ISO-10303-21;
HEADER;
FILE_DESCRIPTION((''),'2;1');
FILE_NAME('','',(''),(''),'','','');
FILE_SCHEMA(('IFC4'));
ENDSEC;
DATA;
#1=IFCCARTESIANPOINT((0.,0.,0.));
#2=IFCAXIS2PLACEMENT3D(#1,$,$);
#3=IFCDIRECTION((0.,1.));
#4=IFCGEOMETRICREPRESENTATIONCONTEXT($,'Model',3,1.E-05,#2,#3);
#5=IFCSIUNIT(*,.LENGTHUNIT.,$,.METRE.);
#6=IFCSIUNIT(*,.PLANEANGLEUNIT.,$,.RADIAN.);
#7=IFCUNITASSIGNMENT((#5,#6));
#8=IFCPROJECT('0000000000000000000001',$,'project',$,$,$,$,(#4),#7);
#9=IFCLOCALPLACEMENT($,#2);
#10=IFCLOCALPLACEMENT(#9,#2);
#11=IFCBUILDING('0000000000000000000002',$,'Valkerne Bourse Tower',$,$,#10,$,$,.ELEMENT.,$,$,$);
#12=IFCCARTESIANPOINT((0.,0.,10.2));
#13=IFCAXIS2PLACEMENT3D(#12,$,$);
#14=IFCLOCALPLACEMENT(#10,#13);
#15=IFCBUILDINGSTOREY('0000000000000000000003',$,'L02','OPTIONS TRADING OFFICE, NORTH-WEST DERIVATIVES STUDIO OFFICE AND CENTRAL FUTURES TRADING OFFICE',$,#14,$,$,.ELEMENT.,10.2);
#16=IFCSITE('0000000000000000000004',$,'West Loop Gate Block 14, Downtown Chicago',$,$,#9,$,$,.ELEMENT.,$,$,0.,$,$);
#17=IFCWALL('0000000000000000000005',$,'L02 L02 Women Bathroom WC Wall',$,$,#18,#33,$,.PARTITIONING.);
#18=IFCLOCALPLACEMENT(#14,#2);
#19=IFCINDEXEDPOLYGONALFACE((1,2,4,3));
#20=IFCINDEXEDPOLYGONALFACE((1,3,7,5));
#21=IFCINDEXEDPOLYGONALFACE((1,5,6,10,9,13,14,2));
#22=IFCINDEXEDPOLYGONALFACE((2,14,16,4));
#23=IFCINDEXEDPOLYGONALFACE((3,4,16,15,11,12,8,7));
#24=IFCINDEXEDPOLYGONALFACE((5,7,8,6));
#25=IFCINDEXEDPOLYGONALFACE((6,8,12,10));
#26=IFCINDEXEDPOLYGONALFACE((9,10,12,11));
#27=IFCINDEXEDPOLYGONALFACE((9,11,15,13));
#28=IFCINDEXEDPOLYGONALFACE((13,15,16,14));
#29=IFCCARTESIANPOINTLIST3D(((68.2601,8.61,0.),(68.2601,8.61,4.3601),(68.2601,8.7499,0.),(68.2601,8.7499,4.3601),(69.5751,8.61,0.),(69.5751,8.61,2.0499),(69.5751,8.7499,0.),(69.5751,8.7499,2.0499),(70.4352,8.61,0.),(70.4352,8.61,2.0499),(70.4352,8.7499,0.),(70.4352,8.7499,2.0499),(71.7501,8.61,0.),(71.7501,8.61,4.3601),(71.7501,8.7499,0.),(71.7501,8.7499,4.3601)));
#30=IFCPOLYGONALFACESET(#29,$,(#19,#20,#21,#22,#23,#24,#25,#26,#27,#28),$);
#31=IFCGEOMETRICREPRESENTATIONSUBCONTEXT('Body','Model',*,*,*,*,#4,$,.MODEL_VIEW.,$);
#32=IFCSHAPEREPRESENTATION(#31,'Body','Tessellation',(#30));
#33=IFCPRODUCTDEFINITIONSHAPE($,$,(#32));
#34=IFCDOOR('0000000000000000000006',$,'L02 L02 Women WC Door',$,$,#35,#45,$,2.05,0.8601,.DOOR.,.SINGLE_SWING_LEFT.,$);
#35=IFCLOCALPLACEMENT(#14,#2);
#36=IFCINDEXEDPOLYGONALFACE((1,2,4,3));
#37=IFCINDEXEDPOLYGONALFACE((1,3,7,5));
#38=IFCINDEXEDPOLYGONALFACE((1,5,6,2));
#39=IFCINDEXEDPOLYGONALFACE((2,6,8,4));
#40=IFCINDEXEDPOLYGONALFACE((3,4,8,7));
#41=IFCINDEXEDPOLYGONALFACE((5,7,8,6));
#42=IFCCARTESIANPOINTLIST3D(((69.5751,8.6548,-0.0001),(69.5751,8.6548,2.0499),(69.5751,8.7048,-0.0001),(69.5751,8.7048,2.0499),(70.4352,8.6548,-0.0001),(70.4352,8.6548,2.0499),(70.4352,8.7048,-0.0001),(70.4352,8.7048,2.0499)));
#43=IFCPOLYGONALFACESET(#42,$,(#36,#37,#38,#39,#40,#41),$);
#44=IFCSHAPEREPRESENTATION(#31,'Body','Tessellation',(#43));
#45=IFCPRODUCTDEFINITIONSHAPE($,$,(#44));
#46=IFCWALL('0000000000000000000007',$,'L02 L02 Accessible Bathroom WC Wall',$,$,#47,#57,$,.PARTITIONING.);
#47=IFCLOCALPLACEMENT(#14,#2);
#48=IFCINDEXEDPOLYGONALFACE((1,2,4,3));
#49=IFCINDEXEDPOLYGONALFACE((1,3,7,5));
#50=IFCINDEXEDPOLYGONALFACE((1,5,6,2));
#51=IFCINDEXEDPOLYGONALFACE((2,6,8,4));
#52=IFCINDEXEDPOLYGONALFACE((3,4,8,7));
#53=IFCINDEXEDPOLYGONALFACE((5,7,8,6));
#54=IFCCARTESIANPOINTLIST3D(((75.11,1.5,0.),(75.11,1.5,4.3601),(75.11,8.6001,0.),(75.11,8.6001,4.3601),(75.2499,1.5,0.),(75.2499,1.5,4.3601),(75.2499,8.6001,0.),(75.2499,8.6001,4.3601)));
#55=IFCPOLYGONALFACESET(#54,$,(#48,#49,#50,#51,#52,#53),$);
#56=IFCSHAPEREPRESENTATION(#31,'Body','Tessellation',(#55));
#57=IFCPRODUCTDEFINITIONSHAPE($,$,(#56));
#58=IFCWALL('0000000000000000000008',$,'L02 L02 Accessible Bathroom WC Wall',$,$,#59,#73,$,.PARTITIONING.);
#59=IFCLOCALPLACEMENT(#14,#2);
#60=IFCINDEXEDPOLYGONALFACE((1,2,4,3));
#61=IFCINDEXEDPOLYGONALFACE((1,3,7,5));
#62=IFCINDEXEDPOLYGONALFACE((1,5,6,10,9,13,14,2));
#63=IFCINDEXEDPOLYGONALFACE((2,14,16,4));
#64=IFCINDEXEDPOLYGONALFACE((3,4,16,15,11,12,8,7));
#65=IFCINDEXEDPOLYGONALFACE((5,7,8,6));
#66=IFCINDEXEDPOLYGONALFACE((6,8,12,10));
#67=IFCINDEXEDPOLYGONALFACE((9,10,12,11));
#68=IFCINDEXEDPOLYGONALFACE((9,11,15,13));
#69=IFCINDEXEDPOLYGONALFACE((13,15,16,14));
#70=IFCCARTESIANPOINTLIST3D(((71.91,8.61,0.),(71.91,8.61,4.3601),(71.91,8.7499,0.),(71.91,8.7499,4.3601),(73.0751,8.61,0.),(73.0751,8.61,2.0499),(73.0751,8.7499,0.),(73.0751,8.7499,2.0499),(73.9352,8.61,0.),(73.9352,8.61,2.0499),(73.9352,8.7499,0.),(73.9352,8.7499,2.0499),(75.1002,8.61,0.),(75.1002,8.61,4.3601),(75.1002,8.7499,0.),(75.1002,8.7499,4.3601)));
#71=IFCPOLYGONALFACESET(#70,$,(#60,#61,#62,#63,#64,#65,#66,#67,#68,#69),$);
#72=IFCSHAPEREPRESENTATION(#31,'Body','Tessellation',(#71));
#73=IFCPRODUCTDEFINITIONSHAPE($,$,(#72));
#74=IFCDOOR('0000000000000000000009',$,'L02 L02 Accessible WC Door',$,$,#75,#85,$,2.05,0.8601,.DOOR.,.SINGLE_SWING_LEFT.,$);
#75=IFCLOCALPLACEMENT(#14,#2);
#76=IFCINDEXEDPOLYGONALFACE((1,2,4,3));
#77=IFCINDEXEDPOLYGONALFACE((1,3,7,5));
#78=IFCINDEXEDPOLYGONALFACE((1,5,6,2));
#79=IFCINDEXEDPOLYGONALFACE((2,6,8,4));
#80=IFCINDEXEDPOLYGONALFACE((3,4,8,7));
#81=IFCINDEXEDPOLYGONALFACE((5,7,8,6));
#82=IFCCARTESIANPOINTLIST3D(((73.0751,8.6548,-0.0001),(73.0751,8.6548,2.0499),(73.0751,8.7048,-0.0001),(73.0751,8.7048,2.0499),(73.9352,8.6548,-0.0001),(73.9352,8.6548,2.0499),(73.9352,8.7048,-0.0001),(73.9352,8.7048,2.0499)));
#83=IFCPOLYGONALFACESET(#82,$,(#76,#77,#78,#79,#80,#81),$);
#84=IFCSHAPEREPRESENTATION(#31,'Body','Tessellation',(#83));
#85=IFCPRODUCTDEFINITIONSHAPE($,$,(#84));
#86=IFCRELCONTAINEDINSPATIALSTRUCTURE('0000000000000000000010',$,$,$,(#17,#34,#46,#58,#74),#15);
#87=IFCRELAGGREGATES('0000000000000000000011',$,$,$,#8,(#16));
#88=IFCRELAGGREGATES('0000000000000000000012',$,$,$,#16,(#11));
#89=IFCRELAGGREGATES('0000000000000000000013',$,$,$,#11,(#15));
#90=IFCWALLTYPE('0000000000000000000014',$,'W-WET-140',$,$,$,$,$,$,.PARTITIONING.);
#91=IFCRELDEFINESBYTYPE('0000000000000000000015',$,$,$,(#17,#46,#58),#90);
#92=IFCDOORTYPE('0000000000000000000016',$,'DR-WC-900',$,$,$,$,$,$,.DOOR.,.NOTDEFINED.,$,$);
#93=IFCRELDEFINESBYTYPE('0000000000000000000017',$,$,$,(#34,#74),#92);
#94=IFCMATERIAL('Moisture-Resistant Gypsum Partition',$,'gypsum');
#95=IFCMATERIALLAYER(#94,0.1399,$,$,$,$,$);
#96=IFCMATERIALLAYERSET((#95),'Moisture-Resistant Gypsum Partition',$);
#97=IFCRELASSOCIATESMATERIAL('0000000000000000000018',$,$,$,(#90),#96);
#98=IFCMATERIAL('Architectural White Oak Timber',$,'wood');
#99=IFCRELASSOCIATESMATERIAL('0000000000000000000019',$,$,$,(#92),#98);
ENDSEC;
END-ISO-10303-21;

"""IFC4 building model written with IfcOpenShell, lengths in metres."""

from ifc_helpers import new_model, si_unit, direction, frame, frame_2d, origin, place, context, subcontext, project, spatial, rectangle, extrude, material, layer, layer_set, type_object, element, fill, save


model = new_model("IFC4")

# Units and contexts
model_context = context("Model", 3, precision=1e-05, world=origin(), true_north=direction((0.0, 1.0)))
body_context = subcontext(model_context, "Body", "Model", "MODEL_VIEW")
ifc_project = project(units=[si_unit("LENGTHUNIT", "METRE"), si_unit("PLANEANGLEUNIT", "RADIAN")], contexts=[model_context])

# Site, building, storey
site_placement = place(None, origin())
site = spatial("IfcSite", under=ifc_project, at=site_placement, Name="West Loop Gate Block 14, Downtown Chicago", CompositionType="ELEMENT", RefElevation=0.0)
building_placement = place(site_placement, origin())
building = spatial("IfcBuilding", under=site, at=building_placement, Name="Valkerne Bourse Tower", CompositionType="ELEMENT")
storey_placement = place(building_placement, frame((0.0, 0.0, 10.2)))
storey = spatial("IfcBuildingStorey", under=building, at=storey_placement, Name="L02", Description="OPTIONS TRADING OFFICE, NORTH-WEST DERIVATIVES STUDIO OFFICE AND CENTRAL FUTURES TRADING OFFICE", CompositionType="ELEMENT", Elevation=10.2)

# Shared definitions
ifc_material_1 = material(Name="Moisture-Resistant Gypsum Partition", Category="gypsum")
ifc_layer_1 = layer(ifc_material_1, 0.1399)
ifc_layer_set_1 = layer_set([ifc_layer_1], Name="Moisture-Resistant Gypsum Partition")
wall_type_1 = type_object("IfcWallType", Name="W-WET-140", PredefinedType="PARTITIONING", material=ifc_layer_set_1)

# Shared definitions
ifc_material_2 = material(Name="Architectural White Oak Timber", Category="wood")
door_type = type_object("IfcDoorType", Name="DR-WC-900", OperationType="NOTDEFINED", PredefinedType="DOOR", material=ifc_material_2)

# Wall, opening, door
wall_1_placement = place(storey_placement, frame((68.26, 8.6799, 0.0), z_axis=(0.0, 0.0, 1.0), x_axis=(1.0, 0.0, 0.0)))
wall_1 = element("IfcWall", 1, at=wall_1_placement, inside=storey, type_object=wall_type_1, Name="L02 L02 Women Bathroom WC Wall", PredefinedType="PARTITIONING", context=body_context, shape_type="SweptSolid", body=[
    extrude(rectangle(XDim=3.49, YDim=0.1399, at=frame_2d((1.7451, 0.0))), origin(), (0.0, 0.0, 1.0), 4.3601),
])
opening_1_placement = place(wall_1_placement, frame((1.3149, 0.0, 0.0)))
opening_1 = element("IfcOpeningElement", 2, at=opening_1_placement, cuts=wall_1, PredefinedType="OPENING", context=body_context, shape_type="SweptSolid", body=[
    extrude(rectangle(XDim=0.8601, YDim=2.05, at=frame_2d((0.4302, 1.0249))), frame((0.0, 0.0798, 0.0), z_axis=(0.0, -1.0, 0.0), x_axis=(1.0, 0.0, 0.0)), (0.0, 0.0, 1.0), 0.1599),
])
door_1_placement = place(opening_1_placement, origin())
door_1 = element("IfcDoor", 3, at=door_1_placement, inside=storey, type_object=door_type, Name="L02 L02 Women WC Door", OperationType="SINGLE_SWING_LEFT", OverallHeight=2.05, OverallWidth=0.8601, PredefinedType="DOOR", context=body_context, shape_type="SweptSolid", body=[
    extrude(rectangle(XDim=0.8601, YDim=2.05, at=frame_2d((0.4302, 1.0249))), frame((0.0, 0.0249, 0.0), z_axis=(0.0, -1.0, 0.0), x_axis=(1.0, 0.0, 0.0)), (0.0, 0.0, 1.0), 0.05),
])
fill(opening_1, door_1)

# Wall
wall_2_placement = place(storey_placement, frame((75.1799, 1.5, 0.0), z_axis=(0.0, 0.0, 1.0), x_axis=(0.0, 1.0, 0.0)))
element("IfcWall", 4, at=wall_2_placement, inside=storey, type_object=wall_type_1, Name="L02 L02 Accessible Bathroom WC Wall", PredefinedType="PARTITIONING", context=body_context, shape_type="SweptSolid", body=[
    extrude(rectangle(XDim=7.1001, YDim=0.1399, at=frame_2d((3.55, 0.0))), origin(), (0.0, 0.0, 1.0), 4.3601),
])

# Wall, opening, door
wall_3_placement = place(storey_placement, frame((71.9099, 8.6799, 0.0), z_axis=(0.0, 0.0, 1.0), x_axis=(1.0, 0.0, 0.0)))
wall_3 = element("IfcWall", 5, at=wall_3_placement, inside=storey, type_object=wall_type_1, Name="L02 L02 Accessible Bathroom WC Wall", PredefinedType="PARTITIONING", context=body_context, shape_type="SweptSolid", body=[
    extrude(rectangle(XDim=3.1902, YDim=0.1399, at=frame_2d((1.5952, 0.0))), origin(), (0.0, 0.0, 1.0), 4.3601),
])
opening_2_placement = place(wall_3_placement, frame((1.165, 0.0, 0.0)))
opening_2 = element("IfcOpeningElement", 6, at=opening_2_placement, cuts=wall_3, PredefinedType="OPENING", context=body_context, shape_type="SweptSolid", body=[
    extrude(rectangle(XDim=0.8601, YDim=2.05, at=frame_2d((0.4302, 1.0249))), frame((0.0, 0.0798, 0.0), z_axis=(0.0, -1.0, 0.0), x_axis=(1.0, 0.0, 0.0)), (0.0, 0.0, 1.0), 0.1599),
])
door_2_placement = place(opening_2_placement, origin())
door_2 = element("IfcDoor", 7, at=door_2_placement, inside=storey, type_object=door_type, Name="L02 L02 Accessible WC Door", OperationType="SINGLE_SWING_LEFT", OverallHeight=2.05, OverallWidth=0.8601, PredefinedType="DOOR", context=body_context, shape_type="SweptSolid", body=[
    extrude(rectangle(XDim=0.8601, YDim=2.05, at=frame_2d((0.4302, 1.0249))), frame((0.0, 0.0249, 0.0), z_axis=(0.0, -1.0, 0.0), x_axis=(1.0, 0.0, 0.0)), (0.0, 0.0, 1.0), 0.05),
])
fill(opening_2, door_2)

save(model, "model.ifc")
